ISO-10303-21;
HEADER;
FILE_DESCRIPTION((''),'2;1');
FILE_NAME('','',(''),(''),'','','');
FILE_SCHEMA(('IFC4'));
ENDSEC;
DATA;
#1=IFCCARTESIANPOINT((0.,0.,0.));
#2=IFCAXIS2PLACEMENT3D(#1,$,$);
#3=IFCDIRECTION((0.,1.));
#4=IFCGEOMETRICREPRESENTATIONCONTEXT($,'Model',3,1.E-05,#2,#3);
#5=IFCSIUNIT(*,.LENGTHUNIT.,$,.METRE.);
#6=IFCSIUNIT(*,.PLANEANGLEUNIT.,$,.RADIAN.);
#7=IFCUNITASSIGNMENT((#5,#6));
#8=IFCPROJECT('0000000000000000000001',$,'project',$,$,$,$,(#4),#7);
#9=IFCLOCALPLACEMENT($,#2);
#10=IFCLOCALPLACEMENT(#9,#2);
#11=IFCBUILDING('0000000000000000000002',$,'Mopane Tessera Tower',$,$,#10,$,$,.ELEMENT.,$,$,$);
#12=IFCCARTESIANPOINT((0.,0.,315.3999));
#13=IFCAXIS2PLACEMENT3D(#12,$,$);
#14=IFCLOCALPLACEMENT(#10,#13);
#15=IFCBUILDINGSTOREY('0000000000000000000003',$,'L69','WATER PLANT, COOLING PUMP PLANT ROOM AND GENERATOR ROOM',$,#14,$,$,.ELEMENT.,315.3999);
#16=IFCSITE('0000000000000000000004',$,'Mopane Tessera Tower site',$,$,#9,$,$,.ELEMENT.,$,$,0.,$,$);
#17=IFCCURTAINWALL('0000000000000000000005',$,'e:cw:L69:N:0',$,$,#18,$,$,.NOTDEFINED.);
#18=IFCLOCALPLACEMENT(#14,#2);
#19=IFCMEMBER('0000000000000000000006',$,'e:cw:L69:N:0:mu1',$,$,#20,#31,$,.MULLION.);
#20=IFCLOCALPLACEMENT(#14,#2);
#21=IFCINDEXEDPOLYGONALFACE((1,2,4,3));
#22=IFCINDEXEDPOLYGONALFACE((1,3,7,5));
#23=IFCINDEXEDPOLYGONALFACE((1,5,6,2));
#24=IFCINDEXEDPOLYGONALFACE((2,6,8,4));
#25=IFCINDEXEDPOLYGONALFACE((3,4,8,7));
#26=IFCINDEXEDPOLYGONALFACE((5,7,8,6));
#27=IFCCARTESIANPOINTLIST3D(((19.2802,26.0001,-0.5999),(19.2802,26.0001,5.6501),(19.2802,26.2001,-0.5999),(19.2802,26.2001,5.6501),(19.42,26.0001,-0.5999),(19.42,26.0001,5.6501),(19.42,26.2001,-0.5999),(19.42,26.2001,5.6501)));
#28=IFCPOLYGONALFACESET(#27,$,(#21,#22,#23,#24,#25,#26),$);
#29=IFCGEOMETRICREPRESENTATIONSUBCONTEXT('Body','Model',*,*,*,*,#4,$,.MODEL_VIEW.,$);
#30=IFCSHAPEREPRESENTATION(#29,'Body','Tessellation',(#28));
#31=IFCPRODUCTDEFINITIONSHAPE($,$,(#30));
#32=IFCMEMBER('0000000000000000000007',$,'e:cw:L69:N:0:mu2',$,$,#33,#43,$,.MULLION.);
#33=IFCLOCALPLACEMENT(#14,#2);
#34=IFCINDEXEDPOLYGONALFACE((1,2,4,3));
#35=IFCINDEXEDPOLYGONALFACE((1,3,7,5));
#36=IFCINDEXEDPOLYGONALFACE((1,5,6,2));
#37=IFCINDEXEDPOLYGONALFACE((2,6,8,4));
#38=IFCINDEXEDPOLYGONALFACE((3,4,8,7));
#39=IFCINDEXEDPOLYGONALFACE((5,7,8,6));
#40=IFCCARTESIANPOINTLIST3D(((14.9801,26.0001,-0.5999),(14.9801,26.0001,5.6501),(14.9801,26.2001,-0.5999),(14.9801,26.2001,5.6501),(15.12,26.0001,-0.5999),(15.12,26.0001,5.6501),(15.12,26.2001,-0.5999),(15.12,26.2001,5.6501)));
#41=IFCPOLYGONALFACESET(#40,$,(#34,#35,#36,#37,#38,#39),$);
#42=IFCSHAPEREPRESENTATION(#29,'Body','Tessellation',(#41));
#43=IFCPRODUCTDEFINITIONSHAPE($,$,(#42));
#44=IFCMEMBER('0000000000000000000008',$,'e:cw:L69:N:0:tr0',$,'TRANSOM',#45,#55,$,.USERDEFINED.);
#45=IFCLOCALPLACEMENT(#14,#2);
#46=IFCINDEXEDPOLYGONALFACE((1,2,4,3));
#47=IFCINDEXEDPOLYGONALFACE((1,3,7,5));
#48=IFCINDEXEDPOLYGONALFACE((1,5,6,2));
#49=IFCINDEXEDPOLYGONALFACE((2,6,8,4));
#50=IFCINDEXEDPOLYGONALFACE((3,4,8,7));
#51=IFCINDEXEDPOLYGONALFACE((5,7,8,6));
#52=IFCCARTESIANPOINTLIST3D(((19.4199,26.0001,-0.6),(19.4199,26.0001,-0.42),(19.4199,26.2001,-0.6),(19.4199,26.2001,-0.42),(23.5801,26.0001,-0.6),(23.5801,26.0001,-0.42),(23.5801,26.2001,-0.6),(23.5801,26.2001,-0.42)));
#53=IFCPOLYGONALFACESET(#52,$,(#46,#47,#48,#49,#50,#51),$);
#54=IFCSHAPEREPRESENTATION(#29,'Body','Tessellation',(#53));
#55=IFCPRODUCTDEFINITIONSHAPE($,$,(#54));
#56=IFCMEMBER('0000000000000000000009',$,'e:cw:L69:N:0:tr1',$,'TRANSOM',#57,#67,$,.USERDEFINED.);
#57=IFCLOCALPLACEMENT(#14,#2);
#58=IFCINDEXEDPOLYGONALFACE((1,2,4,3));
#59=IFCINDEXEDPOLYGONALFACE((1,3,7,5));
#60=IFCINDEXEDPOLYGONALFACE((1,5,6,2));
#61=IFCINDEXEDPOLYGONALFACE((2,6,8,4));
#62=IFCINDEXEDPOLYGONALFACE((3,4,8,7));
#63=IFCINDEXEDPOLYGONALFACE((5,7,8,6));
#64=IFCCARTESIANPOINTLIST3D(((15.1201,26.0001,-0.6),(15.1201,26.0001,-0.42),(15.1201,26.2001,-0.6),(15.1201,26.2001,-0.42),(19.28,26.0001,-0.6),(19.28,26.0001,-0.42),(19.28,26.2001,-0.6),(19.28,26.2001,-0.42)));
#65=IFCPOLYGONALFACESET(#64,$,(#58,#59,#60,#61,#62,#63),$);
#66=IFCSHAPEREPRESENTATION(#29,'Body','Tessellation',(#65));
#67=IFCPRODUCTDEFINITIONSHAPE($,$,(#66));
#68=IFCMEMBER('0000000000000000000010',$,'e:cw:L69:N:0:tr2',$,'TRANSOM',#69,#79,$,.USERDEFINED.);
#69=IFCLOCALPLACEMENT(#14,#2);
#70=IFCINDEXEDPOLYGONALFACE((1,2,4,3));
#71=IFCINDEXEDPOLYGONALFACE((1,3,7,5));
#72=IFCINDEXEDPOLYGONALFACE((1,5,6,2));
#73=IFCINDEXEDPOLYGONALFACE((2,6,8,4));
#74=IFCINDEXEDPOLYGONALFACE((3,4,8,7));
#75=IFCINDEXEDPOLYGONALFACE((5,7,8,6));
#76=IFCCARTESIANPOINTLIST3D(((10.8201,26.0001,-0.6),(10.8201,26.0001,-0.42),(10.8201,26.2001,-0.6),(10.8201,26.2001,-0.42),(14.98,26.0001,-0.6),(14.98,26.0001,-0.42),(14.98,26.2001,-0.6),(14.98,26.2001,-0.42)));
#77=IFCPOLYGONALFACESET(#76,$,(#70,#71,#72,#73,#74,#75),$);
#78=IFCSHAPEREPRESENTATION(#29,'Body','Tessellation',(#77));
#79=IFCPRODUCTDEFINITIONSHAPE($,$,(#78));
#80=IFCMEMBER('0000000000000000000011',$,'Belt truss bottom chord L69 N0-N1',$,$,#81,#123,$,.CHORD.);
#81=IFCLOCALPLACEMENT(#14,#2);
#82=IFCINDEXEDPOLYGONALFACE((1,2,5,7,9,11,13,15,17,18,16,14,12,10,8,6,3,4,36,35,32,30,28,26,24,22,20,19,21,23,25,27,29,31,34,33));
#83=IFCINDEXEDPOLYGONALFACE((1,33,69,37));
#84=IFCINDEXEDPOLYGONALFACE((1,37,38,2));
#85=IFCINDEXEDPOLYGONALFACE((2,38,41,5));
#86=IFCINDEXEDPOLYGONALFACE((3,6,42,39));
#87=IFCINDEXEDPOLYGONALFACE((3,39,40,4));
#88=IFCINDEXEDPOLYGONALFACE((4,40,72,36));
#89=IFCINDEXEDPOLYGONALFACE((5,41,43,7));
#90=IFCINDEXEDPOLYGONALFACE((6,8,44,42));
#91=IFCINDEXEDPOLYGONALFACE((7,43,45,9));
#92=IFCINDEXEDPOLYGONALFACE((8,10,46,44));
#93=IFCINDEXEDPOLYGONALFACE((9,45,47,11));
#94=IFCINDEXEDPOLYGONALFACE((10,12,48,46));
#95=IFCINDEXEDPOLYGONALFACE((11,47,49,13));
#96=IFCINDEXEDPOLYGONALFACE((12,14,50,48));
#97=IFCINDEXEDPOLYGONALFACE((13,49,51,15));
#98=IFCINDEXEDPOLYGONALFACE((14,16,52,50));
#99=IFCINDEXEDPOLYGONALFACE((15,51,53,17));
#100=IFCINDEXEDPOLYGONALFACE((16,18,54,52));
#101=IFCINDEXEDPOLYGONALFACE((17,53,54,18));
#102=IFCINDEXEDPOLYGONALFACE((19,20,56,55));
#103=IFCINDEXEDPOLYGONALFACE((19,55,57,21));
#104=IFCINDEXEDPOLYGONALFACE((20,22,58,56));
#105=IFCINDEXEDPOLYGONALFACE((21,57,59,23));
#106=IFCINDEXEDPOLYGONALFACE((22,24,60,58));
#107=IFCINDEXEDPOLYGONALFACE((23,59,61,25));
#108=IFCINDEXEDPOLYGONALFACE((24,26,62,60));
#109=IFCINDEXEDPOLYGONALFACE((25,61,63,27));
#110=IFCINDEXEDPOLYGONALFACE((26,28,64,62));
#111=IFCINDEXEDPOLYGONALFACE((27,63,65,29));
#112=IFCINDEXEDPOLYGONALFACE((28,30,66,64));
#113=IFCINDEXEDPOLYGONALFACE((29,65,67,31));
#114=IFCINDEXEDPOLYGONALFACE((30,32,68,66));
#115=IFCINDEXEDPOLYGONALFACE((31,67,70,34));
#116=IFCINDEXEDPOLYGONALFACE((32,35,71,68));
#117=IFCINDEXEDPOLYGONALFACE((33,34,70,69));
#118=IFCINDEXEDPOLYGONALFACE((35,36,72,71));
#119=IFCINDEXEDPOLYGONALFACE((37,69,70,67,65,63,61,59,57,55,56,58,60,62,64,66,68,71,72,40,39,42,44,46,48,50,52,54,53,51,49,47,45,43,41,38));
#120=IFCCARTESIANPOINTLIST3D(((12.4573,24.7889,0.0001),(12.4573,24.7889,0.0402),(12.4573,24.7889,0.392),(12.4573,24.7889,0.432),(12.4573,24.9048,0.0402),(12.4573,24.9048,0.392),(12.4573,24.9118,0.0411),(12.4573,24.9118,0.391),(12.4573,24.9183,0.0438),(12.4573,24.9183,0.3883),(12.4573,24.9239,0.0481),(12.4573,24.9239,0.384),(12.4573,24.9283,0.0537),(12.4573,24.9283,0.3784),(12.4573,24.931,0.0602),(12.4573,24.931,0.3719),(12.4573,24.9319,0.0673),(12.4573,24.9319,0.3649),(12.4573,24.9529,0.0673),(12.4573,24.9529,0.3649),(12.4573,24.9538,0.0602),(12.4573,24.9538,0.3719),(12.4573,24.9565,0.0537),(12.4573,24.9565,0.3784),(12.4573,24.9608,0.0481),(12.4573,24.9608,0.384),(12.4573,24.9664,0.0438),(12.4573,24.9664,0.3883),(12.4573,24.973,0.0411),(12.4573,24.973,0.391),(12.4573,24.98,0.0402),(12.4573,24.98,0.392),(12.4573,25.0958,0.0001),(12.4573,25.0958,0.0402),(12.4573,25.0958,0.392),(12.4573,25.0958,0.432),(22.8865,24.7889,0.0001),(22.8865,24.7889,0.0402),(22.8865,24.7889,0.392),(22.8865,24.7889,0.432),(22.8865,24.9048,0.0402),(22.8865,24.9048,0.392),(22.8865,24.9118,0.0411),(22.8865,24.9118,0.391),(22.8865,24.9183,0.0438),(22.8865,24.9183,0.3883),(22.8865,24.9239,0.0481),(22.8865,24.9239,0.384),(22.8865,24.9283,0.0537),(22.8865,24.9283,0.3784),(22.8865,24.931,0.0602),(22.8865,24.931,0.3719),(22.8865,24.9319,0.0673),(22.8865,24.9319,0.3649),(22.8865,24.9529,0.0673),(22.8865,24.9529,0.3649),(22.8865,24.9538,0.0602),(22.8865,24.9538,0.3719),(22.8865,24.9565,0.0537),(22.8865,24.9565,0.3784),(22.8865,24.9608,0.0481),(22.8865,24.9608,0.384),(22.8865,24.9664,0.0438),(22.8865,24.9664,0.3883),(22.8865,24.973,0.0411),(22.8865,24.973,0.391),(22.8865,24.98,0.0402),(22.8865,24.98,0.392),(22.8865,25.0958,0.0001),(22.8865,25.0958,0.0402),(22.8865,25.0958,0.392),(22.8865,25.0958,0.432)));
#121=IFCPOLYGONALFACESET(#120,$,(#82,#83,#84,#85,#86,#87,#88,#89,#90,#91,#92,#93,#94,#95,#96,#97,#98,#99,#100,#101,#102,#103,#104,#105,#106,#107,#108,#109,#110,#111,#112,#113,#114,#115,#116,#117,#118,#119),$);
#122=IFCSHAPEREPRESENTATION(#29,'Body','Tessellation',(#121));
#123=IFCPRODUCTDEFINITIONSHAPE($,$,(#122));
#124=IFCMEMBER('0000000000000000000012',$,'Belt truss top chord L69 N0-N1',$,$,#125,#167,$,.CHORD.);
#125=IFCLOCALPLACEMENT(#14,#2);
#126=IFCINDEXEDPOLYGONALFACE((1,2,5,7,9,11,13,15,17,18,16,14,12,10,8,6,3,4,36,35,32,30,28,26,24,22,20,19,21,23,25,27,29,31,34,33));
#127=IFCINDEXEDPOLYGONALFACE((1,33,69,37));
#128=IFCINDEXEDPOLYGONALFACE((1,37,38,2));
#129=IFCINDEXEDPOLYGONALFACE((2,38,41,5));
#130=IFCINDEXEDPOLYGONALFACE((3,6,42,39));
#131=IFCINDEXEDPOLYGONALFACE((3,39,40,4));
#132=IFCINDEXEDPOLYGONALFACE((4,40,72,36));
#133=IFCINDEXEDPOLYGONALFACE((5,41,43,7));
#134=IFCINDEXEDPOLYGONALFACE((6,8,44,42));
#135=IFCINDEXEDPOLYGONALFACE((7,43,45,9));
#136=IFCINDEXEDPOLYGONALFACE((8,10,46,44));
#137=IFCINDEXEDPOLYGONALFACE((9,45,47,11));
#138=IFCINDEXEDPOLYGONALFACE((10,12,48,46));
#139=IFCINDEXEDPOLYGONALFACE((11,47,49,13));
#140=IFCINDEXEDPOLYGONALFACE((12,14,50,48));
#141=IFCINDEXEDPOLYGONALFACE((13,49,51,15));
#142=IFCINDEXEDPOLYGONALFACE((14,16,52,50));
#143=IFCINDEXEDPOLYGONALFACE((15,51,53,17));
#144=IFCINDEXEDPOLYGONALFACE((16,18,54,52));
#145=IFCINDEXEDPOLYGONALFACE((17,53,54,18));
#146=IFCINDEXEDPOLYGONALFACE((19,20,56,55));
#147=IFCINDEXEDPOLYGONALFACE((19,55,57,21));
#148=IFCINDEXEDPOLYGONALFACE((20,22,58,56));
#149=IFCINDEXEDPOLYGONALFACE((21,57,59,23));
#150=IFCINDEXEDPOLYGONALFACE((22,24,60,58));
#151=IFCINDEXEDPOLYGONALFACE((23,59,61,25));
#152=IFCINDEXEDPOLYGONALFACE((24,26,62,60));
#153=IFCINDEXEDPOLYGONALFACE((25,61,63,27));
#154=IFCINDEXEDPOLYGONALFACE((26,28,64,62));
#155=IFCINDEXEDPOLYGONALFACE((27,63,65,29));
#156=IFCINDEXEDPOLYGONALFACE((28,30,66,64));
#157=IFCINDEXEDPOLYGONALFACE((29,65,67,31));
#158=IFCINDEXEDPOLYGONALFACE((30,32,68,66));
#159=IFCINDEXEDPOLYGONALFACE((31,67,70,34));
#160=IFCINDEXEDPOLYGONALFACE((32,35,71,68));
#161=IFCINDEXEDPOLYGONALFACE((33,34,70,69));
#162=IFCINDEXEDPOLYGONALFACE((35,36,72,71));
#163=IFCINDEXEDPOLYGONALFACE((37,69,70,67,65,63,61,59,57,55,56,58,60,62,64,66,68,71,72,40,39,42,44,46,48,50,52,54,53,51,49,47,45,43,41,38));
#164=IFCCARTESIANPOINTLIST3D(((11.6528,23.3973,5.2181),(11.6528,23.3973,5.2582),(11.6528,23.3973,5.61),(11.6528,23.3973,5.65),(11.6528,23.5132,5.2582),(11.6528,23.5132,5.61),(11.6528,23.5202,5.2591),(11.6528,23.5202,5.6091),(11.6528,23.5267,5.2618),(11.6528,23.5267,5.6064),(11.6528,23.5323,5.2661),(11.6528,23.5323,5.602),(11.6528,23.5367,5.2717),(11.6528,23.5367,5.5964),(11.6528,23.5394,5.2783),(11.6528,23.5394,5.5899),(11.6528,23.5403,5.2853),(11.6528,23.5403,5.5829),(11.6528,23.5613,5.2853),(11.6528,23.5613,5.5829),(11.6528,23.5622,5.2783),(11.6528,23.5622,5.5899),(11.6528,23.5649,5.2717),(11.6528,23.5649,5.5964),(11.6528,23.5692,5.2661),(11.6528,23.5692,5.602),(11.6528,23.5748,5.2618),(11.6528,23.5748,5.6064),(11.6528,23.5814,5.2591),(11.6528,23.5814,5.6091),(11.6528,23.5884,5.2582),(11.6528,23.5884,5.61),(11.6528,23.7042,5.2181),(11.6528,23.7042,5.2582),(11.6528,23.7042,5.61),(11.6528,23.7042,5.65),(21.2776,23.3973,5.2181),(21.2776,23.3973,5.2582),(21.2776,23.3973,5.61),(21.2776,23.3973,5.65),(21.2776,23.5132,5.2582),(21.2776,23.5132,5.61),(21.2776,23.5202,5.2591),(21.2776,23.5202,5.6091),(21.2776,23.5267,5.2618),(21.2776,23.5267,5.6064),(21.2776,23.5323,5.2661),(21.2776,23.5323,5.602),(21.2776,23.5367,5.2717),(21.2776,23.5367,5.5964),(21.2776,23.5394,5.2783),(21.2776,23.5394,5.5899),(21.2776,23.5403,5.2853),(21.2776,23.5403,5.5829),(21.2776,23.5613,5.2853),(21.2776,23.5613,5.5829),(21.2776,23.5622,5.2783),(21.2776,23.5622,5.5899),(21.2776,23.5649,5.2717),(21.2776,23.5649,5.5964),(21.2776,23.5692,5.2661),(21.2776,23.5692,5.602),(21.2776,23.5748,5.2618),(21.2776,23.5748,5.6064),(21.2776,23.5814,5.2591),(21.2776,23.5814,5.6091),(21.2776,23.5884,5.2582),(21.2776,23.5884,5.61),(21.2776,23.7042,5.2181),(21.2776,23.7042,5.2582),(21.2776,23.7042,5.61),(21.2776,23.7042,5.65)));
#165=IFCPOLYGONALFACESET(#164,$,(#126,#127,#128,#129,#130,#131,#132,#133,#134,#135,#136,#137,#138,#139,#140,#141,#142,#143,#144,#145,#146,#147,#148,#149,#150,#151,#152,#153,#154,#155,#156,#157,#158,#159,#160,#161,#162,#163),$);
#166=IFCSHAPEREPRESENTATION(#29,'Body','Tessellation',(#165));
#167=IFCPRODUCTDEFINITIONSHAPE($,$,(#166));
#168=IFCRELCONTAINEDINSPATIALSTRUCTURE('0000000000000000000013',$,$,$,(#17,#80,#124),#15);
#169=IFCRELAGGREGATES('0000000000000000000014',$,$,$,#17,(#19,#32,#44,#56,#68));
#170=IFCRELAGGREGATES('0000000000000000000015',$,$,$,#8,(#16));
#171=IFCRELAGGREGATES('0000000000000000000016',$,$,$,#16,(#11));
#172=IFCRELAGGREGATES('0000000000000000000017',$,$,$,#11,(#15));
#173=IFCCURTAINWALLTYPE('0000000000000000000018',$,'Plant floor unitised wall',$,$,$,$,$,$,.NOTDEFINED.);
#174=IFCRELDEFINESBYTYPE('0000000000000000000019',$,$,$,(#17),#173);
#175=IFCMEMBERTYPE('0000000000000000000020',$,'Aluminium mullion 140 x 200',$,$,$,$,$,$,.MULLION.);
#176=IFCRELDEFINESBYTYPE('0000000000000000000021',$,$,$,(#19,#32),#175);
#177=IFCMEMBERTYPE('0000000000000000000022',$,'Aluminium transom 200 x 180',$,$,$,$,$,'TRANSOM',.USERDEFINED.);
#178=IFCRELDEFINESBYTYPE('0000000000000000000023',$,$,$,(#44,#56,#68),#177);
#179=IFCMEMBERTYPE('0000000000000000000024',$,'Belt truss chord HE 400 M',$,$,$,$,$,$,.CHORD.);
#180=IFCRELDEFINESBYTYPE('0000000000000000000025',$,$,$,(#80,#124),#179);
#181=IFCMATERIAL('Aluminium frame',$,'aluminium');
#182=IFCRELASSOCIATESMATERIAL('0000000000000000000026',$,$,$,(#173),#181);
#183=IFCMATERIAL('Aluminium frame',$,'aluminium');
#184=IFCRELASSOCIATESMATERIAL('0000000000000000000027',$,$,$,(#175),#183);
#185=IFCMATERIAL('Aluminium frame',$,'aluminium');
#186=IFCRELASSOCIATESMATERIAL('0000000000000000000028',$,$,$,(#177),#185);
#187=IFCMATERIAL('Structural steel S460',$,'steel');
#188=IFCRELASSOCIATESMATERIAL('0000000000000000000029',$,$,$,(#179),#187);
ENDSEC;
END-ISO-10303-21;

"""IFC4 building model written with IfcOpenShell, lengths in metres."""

from ifc_helpers import new_model, si_unit, direction, frame, origin, origin_2d, place, context, subcontext, project, spatial, rectangle, i_section, extrude, material, material_profile, profile_set, type_object, element, aggregate, save


model = new_model("IFC4")

# Units and contexts
model_context = context("Model", 3, precision=1e-05, world=origin(), true_north=direction((0.0, 1.0)))
body_context = subcontext(model_context, "Body", "Model", "MODEL_VIEW")
ifc_project = project(units=[si_unit("LENGTHUNIT", "METRE"), si_unit("PLANEANGLEUNIT", "RADIAN")], contexts=[model_context])

# Site, building, storey
site_placement = place(None, origin())
site = spatial("IfcSite", under=ifc_project, at=site_placement, Name="Mopane Tessera Tower site", CompositionType="ELEMENT", RefElevation=0.0)
building_placement = place(site_placement, origin())
building = spatial("IfcBuilding", under=site, at=building_placement, Name="Mopane Tessera Tower", CompositionType="ELEMENT")
storey_placement = place(building_placement, frame((0.0, 0.0, 315.3999)))
storey = spatial("IfcBuildingStorey", under=building, at=storey_placement, Name="L69", Description="WATER PLANT, COOLING PUMP PLANT ROOM AND GENERATOR ROOM", CompositionType="ELEMENT", Elevation=315.3999)

# Curtain wall, members
ifc_material_1 = material(Name="Aluminium frame", Category="aluminium")
curtain_wall_type = type_object("IfcCurtainWallType", Name="Plant floor unitised wall", PredefinedType="NOTDEFINED", material=ifc_material_1)
curtain_wall_placement = place(storey_placement, origin())
curtain_wall = element("IfcCurtainWall", 1, at=curtain_wall_placement, inside=storey, type_object=curtain_wall_type, Name="e:cw:L69:N:0", PredefinedType="NOTDEFINED")
ifc_material_2 = material(Name="Aluminium frame", Category="aluminium")
ifc_material_profile_1 = material_profile(ifc_material_2, rectangle(XDim=0.1399, YDim=0.2, at=origin_2d()))
ifc_profile_set_1 = profile_set([ifc_material_profile_1], Name="Aluminium frame")
member_type_1 = type_object("IfcMemberType", Name="Aluminium mullion 140 x 200", PredefinedType="MULLION", material=ifc_profile_set_1)
member_1_placement = place(storey_placement, frame((19.3501, 26.1001, -0.5999), z_axis=(0.0, 0.0, 1.0), x_axis=(-1.0, 0.0, 0.0)))
member_1 = element("IfcMember", 2, at=member_1_placement, type_object=member_type_1, Name="e:cw:L69:N:0:mu1", PredefinedType="MULLION", context=body_context, shape_type="SweptSolid", body=[
    extrude(rectangle(XDim=0.1399, YDim=0.2, at=origin_2d()), origin(), (0.0, 0.0, 1.0), 6.25),
])
member_2_placement = place(storey_placement, frame((15.05, 26.1001, -0.5999), z_axis=(0.0, 0.0, 1.0), x_axis=(-1.0, 0.0, 0.0)))
member_2 = element("IfcMember", 3, at=member_2_placement, type_object=member_type_1, Name="e:cw:L69:N:0:mu2", PredefinedType="MULLION", context=body_context, shape_type="SweptSolid", body=[
    extrude(rectangle(XDim=0.1399, YDim=0.2, at=origin_2d()), origin(), (0.0, 0.0, 1.0), 6.25),
])
ifc_material_3 = material(Name="Aluminium frame", Category="aluminium")
ifc_material_profile_2 = material_profile(ifc_material_3, rectangle(XDim=0.2, YDim=0.1799, at=origin_2d()))
ifc_profile_set_2 = profile_set([ifc_material_profile_2], Name="Aluminium frame")
member_type_2 = type_object("IfcMemberType", Name="Aluminium transom 200 x 180", ElementType="TRANSOM", PredefinedType="USERDEFINED", material=ifc_profile_set_2)
member_3_placement = place(storey_placement, frame((23.5801, 26.1001, -0.51), z_axis=(-1.0, 0.0, 0.0), x_axis=(0.0, -1.0, 0.0)))
member_3 = element("IfcMember", 4, at=member_3_placement, type_object=member_type_2, Name="e:cw:L69:N:0:tr0", ObjectType="TRANSOM", PredefinedType="USERDEFINED", context=body_context, shape_type="SweptSolid", body=[
    extrude(rectangle(XDim=0.2, YDim=0.1799, at=origin_2d()), origin(), (0.0, 0.0, 1.0), 4.1602),
])
member_4_placement = place(storey_placement, frame((19.28, 26.1001, -0.51), z_axis=(-1.0, 0.0, 0.0), x_axis=(0.0, -1.0, 0.0)))
member_4 = element("IfcMember", 5, at=member_4_placement, type_object=member_type_2, Name="e:cw:L69:N:0:tr1", ObjectType="TRANSOM", PredefinedType="USERDEFINED", context=body_context, shape_type="SweptSolid", body=[
    extrude(rectangle(XDim=0.2, YDim=0.1799, at=origin_2d()), origin(), (0.0, 0.0, 1.0), 4.1599),
])
member_5_placement = place(storey_placement, frame((14.98, 26.1001, -0.51), z_axis=(-1.0, 0.0, 0.0), x_axis=(0.0, -1.0, 0.0)))
member_5 = element("IfcMember", 6, at=member_5_placement, type_object=member_type_2, Name="e:cw:L69:N:0:tr2", ObjectType="TRANSOM", PredefinedType="USERDEFINED", context=body_context, shape_type="SweptSolid", body=[
    extrude(rectangle(XDim=0.2, YDim=0.1799, at=origin_2d()), origin(), (0.0, 0.0, 1.0), 4.1599),
])

# Members
ifc_material_4 = material(Name="Structural steel S460", Category="steel")
ifc_material_profile_3 = material_profile(ifc_material_4, i_section(OverallWidth=0.3069, OverallDepth=0.4319, WebThickness=0.021, FlangeThickness=0.04, FilletRadius=0.0271, at=origin_2d()))
ifc_profile_set_3 = profile_set([ifc_material_profile_3], Name="Structural steel S460")
member_type_3 = type_object("IfcMemberType", Name="Belt truss chord HE 400 M", PredefinedType="CHORD", material=ifc_profile_set_3)
member_6_placement = place(storey_placement, frame((22.8865, 24.9424, 0.2161), z_axis=(-1.0, 0.0, 0.0), x_axis=(0.0, -1.0, 0.0)))
element("IfcMember", 7, at=member_6_placement, inside=storey, type_object=member_type_3, Name="Belt truss bottom chord L69 N0-N1", PredefinedType="CHORD", context=body_context, shape_type="SweptSolid", body=[
    extrude(i_section(OverallWidth=0.3069, OverallDepth=0.4319, WebThickness=0.021, FlangeThickness=0.04, FilletRadius=0.0271, at=origin_2d()), origin(), (0.0, 0.0, 1.0), 10.4292),
])
member_7_placement = place(storey_placement, frame((21.2776, 23.5508, 5.4341), z_axis=(-1.0, 0.0, 0.0), x_axis=(0.0, -1.0, 0.0)))
element("IfcMember", 8, at=member_7_placement, inside=storey, type_object=member_type_3, Name="Belt truss top chord L69 N0-N1", PredefinedType="CHORD", context=body_context, shape_type="SweptSolid", body=[
    extrude(i_section(OverallWidth=0.3069, OverallDepth=0.4319, WebThickness=0.021, FlangeThickness=0.04, FilletRadius=0.0271, at=origin_2d()), origin(), (0.0, 0.0, 1.0), 9.6248),
])

aggregate(curtain_wall, [member_1, member_2, member_3, member_4, member_5])

save(model, "model.ifc")
